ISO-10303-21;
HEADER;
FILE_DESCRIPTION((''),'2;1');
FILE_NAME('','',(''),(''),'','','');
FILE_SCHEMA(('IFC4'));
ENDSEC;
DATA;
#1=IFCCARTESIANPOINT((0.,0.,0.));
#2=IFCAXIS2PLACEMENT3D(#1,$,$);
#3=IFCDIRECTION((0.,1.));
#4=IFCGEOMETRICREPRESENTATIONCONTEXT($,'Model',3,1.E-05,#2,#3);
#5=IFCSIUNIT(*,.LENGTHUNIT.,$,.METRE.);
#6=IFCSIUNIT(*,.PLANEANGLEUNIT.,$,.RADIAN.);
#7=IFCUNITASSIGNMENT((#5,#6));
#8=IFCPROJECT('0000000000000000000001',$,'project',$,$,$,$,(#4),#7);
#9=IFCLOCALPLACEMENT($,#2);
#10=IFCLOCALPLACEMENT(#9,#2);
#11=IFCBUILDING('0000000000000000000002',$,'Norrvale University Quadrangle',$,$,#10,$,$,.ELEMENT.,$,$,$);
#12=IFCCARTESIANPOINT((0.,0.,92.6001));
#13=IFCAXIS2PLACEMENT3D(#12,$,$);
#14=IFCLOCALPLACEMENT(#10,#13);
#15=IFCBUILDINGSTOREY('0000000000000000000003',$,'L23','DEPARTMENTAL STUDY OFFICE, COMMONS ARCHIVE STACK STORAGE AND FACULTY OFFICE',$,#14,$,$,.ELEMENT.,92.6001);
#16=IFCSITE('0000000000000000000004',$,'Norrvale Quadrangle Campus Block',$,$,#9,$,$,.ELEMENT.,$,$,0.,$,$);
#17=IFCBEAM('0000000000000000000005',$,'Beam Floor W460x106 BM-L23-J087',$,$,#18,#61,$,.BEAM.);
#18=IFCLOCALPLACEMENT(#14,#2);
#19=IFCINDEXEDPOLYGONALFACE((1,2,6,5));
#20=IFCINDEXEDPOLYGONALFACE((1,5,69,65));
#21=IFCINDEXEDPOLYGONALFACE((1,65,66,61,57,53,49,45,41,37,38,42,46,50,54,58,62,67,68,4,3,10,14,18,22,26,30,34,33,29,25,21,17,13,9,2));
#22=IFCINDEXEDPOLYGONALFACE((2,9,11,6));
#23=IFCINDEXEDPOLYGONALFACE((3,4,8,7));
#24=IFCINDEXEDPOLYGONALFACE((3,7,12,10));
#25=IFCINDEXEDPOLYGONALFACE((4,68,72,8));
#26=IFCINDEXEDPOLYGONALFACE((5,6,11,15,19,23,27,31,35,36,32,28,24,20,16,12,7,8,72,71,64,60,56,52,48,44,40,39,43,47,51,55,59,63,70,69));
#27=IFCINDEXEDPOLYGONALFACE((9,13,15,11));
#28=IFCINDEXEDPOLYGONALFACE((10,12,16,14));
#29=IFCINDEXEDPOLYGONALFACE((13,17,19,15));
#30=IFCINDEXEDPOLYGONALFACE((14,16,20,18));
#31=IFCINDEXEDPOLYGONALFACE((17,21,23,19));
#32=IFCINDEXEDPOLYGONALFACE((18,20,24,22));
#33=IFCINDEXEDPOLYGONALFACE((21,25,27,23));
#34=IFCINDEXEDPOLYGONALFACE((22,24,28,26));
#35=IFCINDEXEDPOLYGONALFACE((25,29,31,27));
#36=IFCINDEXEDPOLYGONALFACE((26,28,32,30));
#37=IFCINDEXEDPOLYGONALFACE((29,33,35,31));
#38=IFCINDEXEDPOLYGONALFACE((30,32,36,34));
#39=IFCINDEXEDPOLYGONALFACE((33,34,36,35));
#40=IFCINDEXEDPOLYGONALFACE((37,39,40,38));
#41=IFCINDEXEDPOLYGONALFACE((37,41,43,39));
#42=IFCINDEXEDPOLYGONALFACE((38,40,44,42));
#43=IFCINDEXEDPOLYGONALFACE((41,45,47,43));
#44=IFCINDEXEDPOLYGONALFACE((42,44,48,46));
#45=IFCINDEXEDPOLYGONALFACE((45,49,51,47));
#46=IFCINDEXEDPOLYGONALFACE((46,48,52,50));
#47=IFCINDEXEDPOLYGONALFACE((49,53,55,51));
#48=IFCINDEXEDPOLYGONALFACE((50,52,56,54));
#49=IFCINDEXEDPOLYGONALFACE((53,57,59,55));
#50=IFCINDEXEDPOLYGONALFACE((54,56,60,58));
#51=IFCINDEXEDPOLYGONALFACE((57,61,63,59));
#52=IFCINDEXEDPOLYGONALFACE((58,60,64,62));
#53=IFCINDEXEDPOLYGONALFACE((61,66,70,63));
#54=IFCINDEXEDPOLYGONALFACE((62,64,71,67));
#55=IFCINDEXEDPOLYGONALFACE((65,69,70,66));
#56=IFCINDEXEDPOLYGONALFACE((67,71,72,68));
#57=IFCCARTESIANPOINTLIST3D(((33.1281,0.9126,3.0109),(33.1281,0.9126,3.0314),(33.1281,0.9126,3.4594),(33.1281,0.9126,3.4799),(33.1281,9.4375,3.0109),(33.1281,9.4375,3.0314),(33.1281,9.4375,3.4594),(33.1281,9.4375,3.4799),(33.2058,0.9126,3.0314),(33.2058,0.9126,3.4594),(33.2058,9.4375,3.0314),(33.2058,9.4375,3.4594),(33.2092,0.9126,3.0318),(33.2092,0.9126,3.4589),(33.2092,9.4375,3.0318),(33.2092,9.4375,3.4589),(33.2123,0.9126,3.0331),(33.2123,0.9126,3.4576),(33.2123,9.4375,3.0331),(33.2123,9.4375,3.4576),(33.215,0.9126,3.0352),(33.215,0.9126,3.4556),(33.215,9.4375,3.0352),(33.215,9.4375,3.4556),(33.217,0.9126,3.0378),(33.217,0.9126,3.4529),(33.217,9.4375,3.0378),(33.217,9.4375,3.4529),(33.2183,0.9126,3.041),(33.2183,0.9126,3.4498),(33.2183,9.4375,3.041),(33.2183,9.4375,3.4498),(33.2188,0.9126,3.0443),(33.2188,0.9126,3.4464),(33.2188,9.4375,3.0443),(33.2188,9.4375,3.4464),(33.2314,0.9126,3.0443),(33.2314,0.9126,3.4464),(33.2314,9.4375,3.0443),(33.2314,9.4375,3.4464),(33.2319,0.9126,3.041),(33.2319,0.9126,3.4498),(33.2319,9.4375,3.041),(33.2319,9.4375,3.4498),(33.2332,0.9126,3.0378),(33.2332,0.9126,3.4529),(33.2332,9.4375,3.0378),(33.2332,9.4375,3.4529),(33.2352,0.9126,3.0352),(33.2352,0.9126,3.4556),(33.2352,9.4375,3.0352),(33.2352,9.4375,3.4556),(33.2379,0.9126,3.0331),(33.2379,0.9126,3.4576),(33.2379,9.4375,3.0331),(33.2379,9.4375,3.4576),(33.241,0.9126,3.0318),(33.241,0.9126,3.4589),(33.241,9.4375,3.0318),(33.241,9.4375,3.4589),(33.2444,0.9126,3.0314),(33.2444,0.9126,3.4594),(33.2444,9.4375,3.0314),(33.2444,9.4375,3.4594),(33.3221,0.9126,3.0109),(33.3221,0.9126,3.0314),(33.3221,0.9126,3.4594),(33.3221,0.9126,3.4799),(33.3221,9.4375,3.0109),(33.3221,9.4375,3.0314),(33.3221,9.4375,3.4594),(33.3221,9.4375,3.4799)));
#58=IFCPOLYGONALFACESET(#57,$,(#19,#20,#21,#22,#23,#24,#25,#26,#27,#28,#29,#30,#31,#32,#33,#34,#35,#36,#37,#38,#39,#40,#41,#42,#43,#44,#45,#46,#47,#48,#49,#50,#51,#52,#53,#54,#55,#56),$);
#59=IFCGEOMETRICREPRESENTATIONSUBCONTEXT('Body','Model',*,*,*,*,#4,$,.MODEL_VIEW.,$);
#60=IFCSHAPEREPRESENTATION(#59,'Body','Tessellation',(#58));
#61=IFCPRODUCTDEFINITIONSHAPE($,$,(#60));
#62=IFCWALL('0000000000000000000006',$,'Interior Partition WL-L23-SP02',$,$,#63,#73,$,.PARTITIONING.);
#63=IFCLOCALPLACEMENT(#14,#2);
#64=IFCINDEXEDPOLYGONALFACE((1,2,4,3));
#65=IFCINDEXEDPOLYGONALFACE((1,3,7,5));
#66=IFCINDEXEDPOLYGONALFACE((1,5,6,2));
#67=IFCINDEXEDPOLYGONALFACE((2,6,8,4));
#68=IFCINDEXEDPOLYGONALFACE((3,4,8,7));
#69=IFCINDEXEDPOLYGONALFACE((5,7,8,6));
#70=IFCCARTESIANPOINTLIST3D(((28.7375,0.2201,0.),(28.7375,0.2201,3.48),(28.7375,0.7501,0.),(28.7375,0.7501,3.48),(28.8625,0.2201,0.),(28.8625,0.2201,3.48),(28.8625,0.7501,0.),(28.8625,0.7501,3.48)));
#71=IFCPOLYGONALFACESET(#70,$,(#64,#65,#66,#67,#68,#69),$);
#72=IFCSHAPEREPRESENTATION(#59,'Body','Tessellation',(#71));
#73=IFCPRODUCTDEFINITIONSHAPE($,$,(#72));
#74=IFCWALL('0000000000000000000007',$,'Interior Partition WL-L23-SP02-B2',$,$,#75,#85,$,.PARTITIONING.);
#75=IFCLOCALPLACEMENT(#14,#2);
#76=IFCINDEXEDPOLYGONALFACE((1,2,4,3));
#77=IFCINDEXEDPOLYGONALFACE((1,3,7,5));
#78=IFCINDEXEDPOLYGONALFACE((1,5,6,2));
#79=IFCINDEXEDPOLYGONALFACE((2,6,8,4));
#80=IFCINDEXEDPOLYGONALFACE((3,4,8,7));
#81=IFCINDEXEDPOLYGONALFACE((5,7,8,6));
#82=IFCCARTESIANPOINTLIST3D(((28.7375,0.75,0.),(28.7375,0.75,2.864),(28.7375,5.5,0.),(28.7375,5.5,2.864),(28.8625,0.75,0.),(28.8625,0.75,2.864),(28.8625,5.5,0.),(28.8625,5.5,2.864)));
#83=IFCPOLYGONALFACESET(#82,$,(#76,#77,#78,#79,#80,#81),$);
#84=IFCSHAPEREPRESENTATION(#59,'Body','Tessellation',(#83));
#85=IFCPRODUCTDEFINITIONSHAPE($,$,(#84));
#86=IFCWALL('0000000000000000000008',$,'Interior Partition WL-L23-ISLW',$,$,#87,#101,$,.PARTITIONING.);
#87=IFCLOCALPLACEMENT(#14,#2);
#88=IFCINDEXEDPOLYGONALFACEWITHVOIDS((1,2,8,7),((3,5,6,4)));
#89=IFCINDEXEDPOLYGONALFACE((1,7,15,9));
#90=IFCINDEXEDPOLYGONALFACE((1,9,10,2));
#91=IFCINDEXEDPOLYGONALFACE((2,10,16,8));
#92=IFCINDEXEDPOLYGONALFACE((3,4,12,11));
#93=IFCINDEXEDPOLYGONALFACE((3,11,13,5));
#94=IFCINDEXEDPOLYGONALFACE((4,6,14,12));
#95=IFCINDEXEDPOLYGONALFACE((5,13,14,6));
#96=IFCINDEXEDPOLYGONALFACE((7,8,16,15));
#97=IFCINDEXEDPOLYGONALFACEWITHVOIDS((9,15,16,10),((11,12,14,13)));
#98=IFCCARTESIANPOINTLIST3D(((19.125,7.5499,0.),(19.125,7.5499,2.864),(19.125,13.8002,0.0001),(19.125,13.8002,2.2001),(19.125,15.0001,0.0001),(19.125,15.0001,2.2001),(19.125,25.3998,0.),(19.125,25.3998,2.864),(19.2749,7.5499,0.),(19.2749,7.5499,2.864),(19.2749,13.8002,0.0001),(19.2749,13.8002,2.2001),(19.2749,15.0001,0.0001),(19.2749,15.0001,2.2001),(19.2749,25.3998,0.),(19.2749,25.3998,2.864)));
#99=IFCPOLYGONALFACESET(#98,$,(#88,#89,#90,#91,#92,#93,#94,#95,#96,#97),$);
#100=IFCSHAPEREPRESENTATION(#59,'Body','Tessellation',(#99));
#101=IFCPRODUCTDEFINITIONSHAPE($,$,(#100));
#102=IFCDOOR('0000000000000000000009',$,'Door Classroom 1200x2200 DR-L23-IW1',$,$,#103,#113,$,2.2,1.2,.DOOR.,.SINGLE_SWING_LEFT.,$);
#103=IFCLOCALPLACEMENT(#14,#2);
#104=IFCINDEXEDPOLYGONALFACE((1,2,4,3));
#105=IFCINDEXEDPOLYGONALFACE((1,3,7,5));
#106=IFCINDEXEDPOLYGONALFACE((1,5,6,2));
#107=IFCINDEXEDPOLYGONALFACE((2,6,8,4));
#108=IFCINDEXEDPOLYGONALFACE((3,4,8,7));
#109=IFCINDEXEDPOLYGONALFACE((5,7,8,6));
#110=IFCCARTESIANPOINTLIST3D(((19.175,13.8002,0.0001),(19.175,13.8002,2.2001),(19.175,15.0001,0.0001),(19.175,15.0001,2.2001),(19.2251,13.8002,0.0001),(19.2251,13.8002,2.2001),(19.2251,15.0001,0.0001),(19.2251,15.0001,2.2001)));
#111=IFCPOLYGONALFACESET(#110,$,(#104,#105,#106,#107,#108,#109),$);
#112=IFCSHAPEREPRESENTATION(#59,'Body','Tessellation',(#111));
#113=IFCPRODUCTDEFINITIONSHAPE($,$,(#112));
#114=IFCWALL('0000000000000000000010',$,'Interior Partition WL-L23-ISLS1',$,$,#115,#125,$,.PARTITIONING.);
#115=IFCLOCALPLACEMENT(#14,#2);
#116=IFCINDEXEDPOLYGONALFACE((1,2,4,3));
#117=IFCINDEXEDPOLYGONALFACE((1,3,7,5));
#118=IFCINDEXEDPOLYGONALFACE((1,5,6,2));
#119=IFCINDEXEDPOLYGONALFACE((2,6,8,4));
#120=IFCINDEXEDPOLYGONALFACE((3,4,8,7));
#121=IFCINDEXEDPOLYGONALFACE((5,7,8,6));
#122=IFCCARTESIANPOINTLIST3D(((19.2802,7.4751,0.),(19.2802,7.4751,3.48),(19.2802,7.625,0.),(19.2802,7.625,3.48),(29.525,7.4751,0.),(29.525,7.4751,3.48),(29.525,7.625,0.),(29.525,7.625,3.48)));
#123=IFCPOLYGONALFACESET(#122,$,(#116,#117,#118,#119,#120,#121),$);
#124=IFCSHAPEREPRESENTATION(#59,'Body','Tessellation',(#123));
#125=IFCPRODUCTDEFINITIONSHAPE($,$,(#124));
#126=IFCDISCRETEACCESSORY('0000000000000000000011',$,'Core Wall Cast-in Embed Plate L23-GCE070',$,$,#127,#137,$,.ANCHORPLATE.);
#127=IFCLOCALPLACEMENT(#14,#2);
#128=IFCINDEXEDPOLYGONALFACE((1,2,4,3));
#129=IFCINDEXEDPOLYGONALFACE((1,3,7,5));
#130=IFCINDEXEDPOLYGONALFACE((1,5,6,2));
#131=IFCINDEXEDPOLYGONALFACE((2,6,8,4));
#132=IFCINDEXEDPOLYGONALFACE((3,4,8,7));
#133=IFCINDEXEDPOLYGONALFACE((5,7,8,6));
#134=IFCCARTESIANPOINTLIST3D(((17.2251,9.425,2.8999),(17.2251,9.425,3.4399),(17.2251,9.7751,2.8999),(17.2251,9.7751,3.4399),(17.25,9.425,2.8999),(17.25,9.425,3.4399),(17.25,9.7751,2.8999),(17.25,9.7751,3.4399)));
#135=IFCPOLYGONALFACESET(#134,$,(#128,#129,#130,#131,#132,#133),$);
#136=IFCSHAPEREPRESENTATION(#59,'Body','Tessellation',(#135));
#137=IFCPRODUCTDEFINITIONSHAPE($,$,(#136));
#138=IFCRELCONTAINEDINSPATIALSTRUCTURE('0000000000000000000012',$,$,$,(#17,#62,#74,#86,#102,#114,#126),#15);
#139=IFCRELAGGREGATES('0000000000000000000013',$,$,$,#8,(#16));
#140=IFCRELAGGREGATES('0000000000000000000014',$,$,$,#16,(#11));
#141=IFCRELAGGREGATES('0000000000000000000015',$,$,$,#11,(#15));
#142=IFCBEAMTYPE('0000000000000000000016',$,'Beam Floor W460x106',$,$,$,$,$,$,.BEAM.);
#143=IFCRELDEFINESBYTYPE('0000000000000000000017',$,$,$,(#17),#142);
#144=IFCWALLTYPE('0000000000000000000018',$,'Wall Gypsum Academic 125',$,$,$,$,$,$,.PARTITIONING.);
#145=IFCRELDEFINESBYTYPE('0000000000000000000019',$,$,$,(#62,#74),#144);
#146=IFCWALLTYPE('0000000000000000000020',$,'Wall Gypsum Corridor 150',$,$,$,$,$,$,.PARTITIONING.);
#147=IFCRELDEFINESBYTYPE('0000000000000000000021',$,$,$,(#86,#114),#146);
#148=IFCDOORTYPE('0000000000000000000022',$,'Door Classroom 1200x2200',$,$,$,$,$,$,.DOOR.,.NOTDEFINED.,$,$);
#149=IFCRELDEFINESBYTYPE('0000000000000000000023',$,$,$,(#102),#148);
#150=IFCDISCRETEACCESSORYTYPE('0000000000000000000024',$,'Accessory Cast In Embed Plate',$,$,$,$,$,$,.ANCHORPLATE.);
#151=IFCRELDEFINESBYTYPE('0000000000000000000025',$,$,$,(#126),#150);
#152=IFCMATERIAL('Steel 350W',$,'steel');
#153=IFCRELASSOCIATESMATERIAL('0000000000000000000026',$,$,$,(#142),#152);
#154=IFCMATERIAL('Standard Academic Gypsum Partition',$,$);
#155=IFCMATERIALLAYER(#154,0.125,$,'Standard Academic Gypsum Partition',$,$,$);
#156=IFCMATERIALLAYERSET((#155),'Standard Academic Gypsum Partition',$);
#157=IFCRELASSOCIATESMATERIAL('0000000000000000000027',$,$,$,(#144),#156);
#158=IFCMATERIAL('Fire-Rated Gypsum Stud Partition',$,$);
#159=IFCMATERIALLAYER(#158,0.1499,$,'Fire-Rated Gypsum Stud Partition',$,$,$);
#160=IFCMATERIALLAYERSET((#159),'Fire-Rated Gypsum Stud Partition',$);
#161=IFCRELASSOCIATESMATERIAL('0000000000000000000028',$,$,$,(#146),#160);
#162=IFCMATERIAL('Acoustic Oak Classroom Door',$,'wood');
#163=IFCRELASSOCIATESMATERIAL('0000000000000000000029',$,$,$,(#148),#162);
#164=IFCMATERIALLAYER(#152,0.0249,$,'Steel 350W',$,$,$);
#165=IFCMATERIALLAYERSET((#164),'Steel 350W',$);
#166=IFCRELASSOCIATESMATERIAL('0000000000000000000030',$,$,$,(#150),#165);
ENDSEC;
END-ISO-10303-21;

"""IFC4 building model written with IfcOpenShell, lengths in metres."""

from ifc_helpers import new_model, si_unit, direction, frame, frame_2d, origin, origin_2d, place, context, subcontext, project, spatial, rectangle, i_section, extrude, material, layer, layer_set, material_profile, profile_set, type_object, element, fill, save


model = new_model("IFC4")

# Units and contexts
model_context = context("Model", 3, precision=1e-05, world=origin(), true_north=direction((0.0, 1.0)))
body_context = subcontext(model_context, "Body", "Model", "MODEL_VIEW")
ifc_project = project(units=[si_unit("LENGTHUNIT", "METRE"), si_unit("PLANEANGLEUNIT", "RADIAN")], contexts=[model_context])

# Site, building, storey
site_placement = place(None, origin())
site = spatial("IfcSite", under=ifc_project, at=site_placement, Name="Norrvale Quadrangle Campus Block", CompositionType="ELEMENT", RefElevation=0.0)
building_placement = place(site_placement, origin())
building = spatial("IfcBuilding", under=site, at=building_placement, Name="Norrvale University Quadrangle", CompositionType="ELEMENT")
storey_placement = place(building_placement, frame((0.0, 0.0, 92.6001)))
storey = spatial("IfcBuildingStorey", under=building, at=storey_placement, Name="L23", Description="DEPARTMENTAL STUDY OFFICE, COMMONS ARCHIVE STACK STORAGE AND FACULTY OFFICE", CompositionType="ELEMENT", Elevation=92.6001)

# Beam
ifc_material_1 = material(Name="Steel 350W", Category="steel")
ifc_material_profile_1 = material_profile(ifc_material_1, i_section(OverallWidth=0.1941, OverallDepth=0.469, WebThickness=0.0127, FlangeThickness=0.0205, FilletRadius=0.0129, at=origin_2d()), Name="Steel 350W")
ifc_profile_set_1 = profile_set([ifc_material_profile_1], Name="Steel 350W")
beam_type_1 = type_object("IfcBeamType", Name="Beam Floor W460x106", PredefinedType="BEAM", material=ifc_profile_set_1)
for number, where, z_axis, x_axis, name in (
    (1, (33.2251, 0.9126, 3.2454), (0.0, 1.0, 0.0), (-1.0, 0.0, 0.0), "Beam Floor W460x106 BM-L23-J087"),
):
    element("IfcBeam", number, at=place(storey_placement, frame(where, z_axis=z_axis, x_axis=x_axis)), inside=storey, type_object=beam_type_1, Name=name, PredefinedType="BEAM", context=body_context, shape_type="SweptSolid", body=[
        extrude(i_section(OverallWidth=0.1941, OverallDepth=0.469, WebThickness=0.0127, FlangeThickness=0.0205, FilletRadius=0.0129, at=origin_2d()), origin(), (0.0, 0.0, 1.0), 8.5249),
    ])

# Walls
ifc_material_2 = material(Name="Standard Academic Gypsum Partition")
ifc_layer_1 = layer(ifc_material_2, 0.125, Name="Standard Academic Gypsum Partition")
ifc_layer_set_1 = layer_set([ifc_layer_1], Name="Standard Academic Gypsum Partition")
wall_type_1 = type_object("IfcWallType", Name="Wall Gypsum Academic 125", PredefinedType="PARTITIONING", material=ifc_layer_set_1)
wall_1_placement = place(storey_placement, frame((28.8, 0.22, 0.0), z_axis=(0.0, 0.0, 1.0), x_axis=(0.0, 1.0, 0.0)))
element("IfcWall", 2, at=wall_1_placement, inside=storey, type_object=wall_type_1, Name="Interior Partition WL-L23-SP02", PredefinedType="PARTITIONING", context=body_context, shape_type="SweptSolid", body=[
    extrude(rectangle(XDim=0.53, YDim=0.125, at=frame_2d((0.2651, 0.0))), origin(), (0.0, 0.0, 1.0), 3.48),
])
wall_2_placement = place(storey_placement, frame((28.8, 0.75, 0.0), z_axis=(0.0, 0.0, 1.0), x_axis=(0.0, 1.0, 0.0)))
element("IfcWall", 3, at=wall_2_placement, inside=storey, type_object=wall_type_1, Name="Interior Partition WL-L23-SP02-B2", PredefinedType="PARTITIONING", context=body_context, shape_type="SweptSolid", body=[
    extrude(rectangle(XDim=4.75, YDim=0.125, at=frame_2d((2.375, 0.0))), origin(), (0.0, 0.0, 1.0), 2.864),
])

# Wall, opening, door
ifc_material_3 = material(Name="Fire-Rated Gypsum Stud Partition")
ifc_layer_2 = layer(ifc_material_3, 0.1499, Name="Fire-Rated Gypsum Stud Partition")
ifc_layer_set_2 = layer_set([ifc_layer_2], Name="Fire-Rated Gypsum Stud Partition")
wall_type_2 = type_object("IfcWallType", Name="Wall Gypsum Corridor 150", PredefinedType="PARTITIONING", material=ifc_layer_set_2)
wall_3_placement = place(storey_placement, frame((19.2, 7.55, 0.0), z_axis=(0.0, 0.0, 1.0), x_axis=(0.0, 1.0, 0.0)))
wall_3 = element("IfcWall", 4, at=wall_3_placement, inside=storey, type_object=wall_type_2, Name="Interior Partition WL-L23-ISLW", PredefinedType="PARTITIONING", context=body_context, shape_type="SweptSolid", body=[
    extrude(rectangle(XDim=17.8499, YDim=0.1499, at=frame_2d((8.9248, 0.0))), origin(), (0.0, 0.0, 1.0), 2.864),
])
opening_placement = place(wall_3_placement, frame((6.25, 0.0, 0.0)))
opening = element("IfcOpeningElement", 5, at=opening_placement, cuts=wall_3, PredefinedType="OPENING", context=body_context, shape_type="SweptSolid", body=[
    extrude(rectangle(XDim=1.2, YDim=2.2, at=frame_2d((0.6001, 1.1001))), frame((0.0, 0.0869, 0.0), z_axis=(0.0, -1.0, 0.0), x_axis=(1.0, 0.0, 0.0)), (0.0, 0.0, 1.0), 0.1738),
])
ifc_material_4 = material(Name="Acoustic Oak Classroom Door", Category="wood")
door_type = type_object("IfcDoorType", Name="Door Classroom 1200x2200", OperationType="NOTDEFINED", PredefinedType="DOOR", material=ifc_material_4)
door_placement = place(opening_placement, origin())
door = element("IfcDoor", 6, at=door_placement, inside=storey, type_object=door_type, Name="Door Classroom 1200x2200 DR-L23-IW1", OperationType="SINGLE_SWING_LEFT", OverallHeight=2.2, OverallWidth=1.2, PredefinedType="DOOR", context=body_context, shape_type="SweptSolid", body=[
    extrude(rectangle(XDim=1.2, YDim=2.2, at=frame_2d((0.6001, 1.1001))), frame((0.0, 0.0249, 0.0), z_axis=(0.0, -1.0, 0.0), x_axis=(1.0, 0.0, 0.0)), (0.0, 0.0, 1.0), 0.05),
])
fill(opening, door)

# Wall
wall_4_placement = place(storey_placement, frame((19.28, 7.55, 0.0), z_axis=(0.0, 0.0, 1.0), x_axis=(1.0, 0.0, 0.0)))
element("IfcWall", 7, at=wall_4_placement, inside=storey, type_object=wall_type_2, Name="Interior Partition WL-L23-ISLS1", PredefinedType="PARTITIONING", context=body_context, shape_type="SweptSolid", body=[
    extrude(rectangle(XDim=10.2449, YDim=0.1499, at=frame_2d((5.1226, 0.0))), origin(), (0.0, 0.0, 1.0), 3.48),
])

# Discrete accessory
ifc_layer_3 = layer(ifc_material_1, 0.0249, Name="Steel 350W")
ifc_layer_set_3 = layer_set([ifc_layer_3], Name="Steel 350W")
discrete_accessory_type = type_object("IfcDiscreteAccessoryType", Name="Accessory Cast In Embed Plate", PredefinedType="ANCHORPLATE", material=ifc_layer_set_3)
discrete_accessory_placement = place(storey_placement, frame((17.2375, 9.6001, 2.8999), z_axis=(0.0, 0.0, 1.0), x_axis=(1.0, 0.0, 0.0)))
element("IfcDiscreteAccessory", 8, at=discrete_accessory_placement, inside=storey, type_object=discrete_accessory_type, Name="Core Wall Cast-in Embed Plate L23-GCE070", PredefinedType="ANCHORPLATE", context=body_context, shape_type="SweptSolid", body=[
    extrude(rectangle(XDim=0.0249, YDim=0.3501, at=origin_2d()), origin(), (0.0, 0.0, 1.0), 0.54),
])

save(model, "model.ifc")
